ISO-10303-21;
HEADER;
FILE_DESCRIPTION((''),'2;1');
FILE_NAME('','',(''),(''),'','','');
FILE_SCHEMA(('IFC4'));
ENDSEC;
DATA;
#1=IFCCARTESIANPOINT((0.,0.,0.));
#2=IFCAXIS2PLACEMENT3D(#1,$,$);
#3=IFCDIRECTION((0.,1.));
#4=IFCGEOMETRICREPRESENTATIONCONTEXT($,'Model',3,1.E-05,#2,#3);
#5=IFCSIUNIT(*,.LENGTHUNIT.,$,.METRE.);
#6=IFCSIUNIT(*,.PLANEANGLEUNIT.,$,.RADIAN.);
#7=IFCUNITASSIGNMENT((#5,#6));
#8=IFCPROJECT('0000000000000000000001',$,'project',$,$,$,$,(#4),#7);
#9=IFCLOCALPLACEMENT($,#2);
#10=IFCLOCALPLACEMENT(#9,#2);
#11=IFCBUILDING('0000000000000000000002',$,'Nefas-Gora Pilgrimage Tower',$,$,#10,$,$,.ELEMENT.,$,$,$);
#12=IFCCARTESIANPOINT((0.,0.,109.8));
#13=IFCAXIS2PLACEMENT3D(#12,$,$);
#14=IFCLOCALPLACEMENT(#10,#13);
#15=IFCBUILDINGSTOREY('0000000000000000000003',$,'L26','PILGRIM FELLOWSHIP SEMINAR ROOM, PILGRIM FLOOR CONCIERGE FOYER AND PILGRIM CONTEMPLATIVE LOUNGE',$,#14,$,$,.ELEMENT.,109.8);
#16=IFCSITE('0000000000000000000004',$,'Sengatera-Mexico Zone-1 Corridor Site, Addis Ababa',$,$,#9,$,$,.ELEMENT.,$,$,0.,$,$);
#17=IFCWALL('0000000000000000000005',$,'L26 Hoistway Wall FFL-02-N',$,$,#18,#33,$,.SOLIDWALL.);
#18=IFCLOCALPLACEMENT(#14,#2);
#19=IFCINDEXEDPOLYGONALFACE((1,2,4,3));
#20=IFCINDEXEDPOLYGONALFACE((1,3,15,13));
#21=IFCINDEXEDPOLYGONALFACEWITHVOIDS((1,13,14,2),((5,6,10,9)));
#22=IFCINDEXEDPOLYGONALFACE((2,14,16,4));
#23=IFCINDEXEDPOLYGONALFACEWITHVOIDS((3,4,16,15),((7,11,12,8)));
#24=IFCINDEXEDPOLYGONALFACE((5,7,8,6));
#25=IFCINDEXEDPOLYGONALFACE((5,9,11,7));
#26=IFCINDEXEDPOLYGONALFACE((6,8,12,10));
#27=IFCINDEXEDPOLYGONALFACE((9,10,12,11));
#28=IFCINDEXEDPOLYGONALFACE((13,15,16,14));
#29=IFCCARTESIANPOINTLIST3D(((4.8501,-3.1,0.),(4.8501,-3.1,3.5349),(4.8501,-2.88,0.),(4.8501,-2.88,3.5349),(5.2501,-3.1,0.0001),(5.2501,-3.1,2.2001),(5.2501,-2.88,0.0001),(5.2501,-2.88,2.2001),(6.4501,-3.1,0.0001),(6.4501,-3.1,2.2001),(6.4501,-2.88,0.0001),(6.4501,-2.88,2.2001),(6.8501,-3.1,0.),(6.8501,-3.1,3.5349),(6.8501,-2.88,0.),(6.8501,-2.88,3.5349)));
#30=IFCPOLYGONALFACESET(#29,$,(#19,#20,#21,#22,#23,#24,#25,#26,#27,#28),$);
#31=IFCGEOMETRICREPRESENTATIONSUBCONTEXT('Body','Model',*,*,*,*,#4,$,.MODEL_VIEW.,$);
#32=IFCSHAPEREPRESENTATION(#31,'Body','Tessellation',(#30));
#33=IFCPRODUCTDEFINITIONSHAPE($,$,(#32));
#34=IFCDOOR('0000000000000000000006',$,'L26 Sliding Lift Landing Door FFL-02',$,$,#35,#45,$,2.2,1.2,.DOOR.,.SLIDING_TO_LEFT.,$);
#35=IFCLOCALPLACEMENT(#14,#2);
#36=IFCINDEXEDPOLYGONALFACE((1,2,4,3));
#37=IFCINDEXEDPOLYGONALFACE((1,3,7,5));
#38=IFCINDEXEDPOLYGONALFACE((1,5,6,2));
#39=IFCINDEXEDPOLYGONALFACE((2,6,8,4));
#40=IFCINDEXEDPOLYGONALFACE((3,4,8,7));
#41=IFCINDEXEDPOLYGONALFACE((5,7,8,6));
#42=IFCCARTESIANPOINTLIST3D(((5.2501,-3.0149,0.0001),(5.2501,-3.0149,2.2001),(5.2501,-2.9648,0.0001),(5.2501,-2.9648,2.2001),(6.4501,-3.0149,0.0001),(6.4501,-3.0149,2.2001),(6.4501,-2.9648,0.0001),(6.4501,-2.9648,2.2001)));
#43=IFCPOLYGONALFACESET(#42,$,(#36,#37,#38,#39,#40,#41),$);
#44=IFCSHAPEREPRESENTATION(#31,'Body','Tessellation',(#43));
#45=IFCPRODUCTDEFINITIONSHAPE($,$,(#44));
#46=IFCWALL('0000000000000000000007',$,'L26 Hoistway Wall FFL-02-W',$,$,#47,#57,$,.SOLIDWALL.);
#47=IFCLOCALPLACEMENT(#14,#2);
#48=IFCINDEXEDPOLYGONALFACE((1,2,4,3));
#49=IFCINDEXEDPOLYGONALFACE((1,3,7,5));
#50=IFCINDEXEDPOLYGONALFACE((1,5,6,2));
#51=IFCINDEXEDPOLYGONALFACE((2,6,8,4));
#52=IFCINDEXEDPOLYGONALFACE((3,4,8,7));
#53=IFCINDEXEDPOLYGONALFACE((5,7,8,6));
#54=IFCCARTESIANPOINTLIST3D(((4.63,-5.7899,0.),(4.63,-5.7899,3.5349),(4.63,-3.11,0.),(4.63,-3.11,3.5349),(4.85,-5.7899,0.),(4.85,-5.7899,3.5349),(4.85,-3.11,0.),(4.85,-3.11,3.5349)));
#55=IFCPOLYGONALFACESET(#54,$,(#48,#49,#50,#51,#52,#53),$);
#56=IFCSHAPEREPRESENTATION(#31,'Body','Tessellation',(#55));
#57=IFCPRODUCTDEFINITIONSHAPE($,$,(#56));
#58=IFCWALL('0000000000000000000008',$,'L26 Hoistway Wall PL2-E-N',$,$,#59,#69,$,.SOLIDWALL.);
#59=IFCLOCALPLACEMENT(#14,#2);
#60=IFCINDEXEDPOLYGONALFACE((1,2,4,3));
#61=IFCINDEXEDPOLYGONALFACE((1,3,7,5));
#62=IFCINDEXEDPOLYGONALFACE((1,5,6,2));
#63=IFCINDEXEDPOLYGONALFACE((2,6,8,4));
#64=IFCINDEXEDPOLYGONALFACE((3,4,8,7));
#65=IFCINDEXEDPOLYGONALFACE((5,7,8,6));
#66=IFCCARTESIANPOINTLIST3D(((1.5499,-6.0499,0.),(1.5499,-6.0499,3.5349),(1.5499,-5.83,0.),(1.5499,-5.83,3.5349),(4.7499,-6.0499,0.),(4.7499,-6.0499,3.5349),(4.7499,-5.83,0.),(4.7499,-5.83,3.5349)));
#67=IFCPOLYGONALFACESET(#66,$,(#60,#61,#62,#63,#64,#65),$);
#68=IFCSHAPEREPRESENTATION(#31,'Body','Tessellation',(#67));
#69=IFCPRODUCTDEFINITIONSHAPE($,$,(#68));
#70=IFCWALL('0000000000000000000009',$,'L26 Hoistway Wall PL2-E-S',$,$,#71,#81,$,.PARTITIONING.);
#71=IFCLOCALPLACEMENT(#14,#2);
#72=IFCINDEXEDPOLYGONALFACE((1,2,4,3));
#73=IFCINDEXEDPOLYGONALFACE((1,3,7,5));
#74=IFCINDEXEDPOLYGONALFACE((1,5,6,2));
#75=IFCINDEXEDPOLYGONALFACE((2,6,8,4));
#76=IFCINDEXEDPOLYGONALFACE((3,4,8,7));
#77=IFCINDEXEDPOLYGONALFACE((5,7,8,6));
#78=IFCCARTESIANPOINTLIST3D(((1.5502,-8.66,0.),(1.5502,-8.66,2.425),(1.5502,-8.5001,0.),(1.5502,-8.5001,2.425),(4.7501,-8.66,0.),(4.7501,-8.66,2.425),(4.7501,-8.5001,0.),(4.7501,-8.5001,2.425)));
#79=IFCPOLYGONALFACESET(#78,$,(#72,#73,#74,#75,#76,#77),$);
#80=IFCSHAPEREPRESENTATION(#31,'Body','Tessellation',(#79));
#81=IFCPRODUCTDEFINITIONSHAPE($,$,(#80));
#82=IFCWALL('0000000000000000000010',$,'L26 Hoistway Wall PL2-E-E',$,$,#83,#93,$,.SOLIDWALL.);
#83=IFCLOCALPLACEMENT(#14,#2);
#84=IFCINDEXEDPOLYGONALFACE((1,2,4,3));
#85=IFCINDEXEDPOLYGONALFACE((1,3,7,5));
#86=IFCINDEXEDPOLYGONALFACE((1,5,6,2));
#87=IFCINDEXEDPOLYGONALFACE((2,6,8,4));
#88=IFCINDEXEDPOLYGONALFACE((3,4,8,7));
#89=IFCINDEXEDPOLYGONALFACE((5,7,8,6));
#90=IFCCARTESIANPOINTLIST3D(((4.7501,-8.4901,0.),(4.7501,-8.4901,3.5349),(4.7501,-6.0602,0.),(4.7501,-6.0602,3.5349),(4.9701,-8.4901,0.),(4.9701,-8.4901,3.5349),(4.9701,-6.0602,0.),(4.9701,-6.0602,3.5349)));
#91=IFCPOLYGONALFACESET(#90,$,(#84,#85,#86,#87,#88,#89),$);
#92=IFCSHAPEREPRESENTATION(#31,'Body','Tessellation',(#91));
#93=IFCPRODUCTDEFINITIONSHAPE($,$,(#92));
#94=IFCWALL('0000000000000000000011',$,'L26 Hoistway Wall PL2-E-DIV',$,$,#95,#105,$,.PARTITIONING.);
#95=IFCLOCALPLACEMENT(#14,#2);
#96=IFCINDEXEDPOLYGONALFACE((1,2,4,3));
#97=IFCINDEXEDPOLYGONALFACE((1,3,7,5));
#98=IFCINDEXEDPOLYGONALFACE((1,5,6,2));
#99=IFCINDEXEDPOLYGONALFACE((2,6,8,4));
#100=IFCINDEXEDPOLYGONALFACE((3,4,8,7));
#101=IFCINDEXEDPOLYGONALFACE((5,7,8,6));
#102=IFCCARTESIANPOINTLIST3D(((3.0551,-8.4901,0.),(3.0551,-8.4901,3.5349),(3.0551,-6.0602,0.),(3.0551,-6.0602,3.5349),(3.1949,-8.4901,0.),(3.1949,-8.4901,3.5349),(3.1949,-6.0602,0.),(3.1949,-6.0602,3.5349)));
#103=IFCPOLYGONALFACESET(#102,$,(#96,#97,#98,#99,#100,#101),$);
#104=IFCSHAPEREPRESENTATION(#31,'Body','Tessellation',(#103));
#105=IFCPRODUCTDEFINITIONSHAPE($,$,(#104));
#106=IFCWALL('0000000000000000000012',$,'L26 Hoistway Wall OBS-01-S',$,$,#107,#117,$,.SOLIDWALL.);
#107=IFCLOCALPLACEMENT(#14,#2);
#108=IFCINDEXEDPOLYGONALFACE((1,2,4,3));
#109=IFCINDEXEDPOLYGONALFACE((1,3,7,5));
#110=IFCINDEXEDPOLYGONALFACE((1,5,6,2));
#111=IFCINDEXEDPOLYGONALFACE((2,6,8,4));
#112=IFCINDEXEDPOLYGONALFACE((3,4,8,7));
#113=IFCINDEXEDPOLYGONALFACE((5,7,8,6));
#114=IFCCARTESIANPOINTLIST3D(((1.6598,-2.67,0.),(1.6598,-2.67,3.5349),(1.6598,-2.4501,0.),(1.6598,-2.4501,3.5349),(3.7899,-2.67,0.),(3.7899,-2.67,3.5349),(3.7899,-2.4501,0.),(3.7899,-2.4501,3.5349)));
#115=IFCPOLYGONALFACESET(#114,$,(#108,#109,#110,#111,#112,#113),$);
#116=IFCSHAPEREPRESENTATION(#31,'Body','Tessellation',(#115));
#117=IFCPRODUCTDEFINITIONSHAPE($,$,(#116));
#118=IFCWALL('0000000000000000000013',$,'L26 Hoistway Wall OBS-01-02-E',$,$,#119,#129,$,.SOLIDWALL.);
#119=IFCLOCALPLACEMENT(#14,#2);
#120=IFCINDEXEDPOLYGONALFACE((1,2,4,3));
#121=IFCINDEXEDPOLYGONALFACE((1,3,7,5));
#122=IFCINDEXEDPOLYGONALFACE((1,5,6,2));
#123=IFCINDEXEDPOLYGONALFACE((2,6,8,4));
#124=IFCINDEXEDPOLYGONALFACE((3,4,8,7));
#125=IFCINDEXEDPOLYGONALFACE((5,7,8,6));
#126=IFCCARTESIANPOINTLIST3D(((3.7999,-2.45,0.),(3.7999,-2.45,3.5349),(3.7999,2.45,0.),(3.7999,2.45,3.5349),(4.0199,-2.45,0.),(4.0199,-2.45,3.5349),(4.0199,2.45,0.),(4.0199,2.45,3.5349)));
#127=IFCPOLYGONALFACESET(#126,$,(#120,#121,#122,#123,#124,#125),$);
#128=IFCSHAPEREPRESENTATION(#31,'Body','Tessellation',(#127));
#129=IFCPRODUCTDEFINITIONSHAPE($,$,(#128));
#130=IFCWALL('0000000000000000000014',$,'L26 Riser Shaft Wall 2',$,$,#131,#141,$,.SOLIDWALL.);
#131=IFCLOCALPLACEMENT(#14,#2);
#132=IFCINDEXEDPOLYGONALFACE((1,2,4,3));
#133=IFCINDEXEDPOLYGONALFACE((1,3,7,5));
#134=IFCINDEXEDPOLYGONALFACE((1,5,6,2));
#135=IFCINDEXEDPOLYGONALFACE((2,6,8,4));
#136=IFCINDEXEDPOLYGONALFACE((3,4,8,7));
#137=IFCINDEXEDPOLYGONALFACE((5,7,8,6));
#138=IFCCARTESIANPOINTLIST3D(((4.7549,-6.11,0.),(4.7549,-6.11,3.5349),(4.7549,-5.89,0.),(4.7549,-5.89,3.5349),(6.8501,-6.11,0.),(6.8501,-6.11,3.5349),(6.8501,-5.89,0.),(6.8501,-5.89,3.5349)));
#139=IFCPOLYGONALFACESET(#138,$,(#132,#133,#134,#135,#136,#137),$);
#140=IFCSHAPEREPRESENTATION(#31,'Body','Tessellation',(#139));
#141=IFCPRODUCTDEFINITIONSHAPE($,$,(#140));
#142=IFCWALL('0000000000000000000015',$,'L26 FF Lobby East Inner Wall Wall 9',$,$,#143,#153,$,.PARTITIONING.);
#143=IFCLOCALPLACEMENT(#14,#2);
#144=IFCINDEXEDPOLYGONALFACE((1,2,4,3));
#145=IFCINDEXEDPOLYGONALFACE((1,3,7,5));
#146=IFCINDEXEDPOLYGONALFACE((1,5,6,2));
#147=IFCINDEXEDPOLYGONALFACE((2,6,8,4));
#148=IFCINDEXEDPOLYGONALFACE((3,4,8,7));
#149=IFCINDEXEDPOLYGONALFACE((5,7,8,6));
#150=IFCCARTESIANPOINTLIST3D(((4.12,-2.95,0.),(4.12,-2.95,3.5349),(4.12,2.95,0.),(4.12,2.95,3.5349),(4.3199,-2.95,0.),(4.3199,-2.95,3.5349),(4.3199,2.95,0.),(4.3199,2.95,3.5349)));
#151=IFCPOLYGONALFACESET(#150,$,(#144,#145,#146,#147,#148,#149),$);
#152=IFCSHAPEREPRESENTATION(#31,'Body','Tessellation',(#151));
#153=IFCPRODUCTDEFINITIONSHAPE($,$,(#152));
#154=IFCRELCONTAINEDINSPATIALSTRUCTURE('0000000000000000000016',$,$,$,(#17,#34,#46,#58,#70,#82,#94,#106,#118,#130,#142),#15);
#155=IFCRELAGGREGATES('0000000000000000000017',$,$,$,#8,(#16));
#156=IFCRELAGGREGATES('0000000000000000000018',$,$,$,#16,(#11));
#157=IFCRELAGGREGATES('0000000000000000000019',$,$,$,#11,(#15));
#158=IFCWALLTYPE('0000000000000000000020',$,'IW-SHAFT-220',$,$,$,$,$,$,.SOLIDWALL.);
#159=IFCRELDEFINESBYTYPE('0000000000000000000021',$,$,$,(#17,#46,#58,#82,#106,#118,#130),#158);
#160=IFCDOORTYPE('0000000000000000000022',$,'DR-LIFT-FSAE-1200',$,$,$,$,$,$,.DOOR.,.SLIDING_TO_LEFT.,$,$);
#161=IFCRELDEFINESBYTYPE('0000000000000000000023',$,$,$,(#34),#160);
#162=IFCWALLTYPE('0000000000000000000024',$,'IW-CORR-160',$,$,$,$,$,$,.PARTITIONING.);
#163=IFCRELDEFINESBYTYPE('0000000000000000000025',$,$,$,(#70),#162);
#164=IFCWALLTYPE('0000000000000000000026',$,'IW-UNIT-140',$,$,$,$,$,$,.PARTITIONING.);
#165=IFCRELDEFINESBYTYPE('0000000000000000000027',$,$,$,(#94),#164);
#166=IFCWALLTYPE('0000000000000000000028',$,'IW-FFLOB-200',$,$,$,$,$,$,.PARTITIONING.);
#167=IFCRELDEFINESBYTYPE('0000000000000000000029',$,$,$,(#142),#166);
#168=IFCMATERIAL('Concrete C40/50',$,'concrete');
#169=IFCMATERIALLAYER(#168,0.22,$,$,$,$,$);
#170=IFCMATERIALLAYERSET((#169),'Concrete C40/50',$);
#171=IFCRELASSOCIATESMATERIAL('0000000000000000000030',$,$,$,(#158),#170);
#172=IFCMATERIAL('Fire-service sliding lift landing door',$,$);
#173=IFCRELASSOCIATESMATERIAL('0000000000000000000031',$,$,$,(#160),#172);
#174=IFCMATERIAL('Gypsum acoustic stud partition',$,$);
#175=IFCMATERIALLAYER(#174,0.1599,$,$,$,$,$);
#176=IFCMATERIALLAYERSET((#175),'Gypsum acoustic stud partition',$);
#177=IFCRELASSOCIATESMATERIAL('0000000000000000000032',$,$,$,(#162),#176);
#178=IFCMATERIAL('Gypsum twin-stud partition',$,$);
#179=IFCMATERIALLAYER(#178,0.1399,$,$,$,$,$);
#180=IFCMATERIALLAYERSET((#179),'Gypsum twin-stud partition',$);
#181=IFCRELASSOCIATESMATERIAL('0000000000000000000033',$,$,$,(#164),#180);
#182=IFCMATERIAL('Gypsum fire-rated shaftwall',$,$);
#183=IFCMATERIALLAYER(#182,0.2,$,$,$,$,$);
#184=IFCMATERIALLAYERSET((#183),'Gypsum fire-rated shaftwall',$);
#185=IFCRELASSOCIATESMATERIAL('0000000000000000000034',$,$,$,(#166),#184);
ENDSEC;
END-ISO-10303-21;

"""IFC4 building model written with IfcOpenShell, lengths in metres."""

from ifc_helpers import new_model, si_unit, direction, frame, frame_2d, origin, place, context, subcontext, project, spatial, rectangle, extrude, source, transform, mapped, material, layer, layer_set, type_object, element, fill, save


model = new_model("IFC4")

# Units and contexts
model_context = context("Model", 3, precision=1e-05, world=origin(), true_north=direction((0.0, 1.0)))
body_context = subcontext(model_context, "Body", "Model", "MODEL_VIEW")
ifc_project = project(units=[si_unit("LENGTHUNIT", "METRE"), si_unit("PLANEANGLEUNIT", "RADIAN")], contexts=[model_context])

# Site, building, storey
site_placement = place(None, origin())
site = spatial("IfcSite", under=ifc_project, at=site_placement, Name="Sengatera-Mexico Zone-1 Corridor Site, Addis Ababa", CompositionType="ELEMENT", RefElevation=0.0)
building_placement = place(site_placement, origin())
building = spatial("IfcBuilding", under=site, at=building_placement, Name="Nefas-Gora Pilgrimage Tower", CompositionType="ELEMENT")
storey_placement = place(building_placement, frame((0.0, 0.0, 109.8)))
storey = spatial("IfcBuildingStorey", under=building, at=storey_placement, Name="L26", Description="PILGRIM FELLOWSHIP SEMINAR ROOM, PILGRIM FLOOR CONCIERGE FOYER AND PILGRIM CONTEMPLATIVE LOUNGE", CompositionType="ELEMENT", Elevation=109.8)

# Wall, opening, door
ifc_material_1 = material(Name="Concrete C40/50", Category="concrete")
ifc_layer_1 = layer(ifc_material_1, 0.22)
ifc_layer_set_1 = layer_set([ifc_layer_1], Name="Concrete C40/50")
wall_type_1 = type_object("IfcWallType", Name="IW-SHAFT-220", PredefinedType="SOLIDWALL", material=ifc_layer_set_1)
shared_shape_1 = source(origin(), body_context, "Body", "SweptSolid", [
    extrude(rectangle(XDim=2.0, YDim=0.22, at=frame_2d((1.0, 0.0))), origin(), (0.0, 0.0, 1.0), 3.5349),
])
wall_1_placement = place(storey_placement, frame((6.8501, -2.99, 0.0), z_axis=(0.0, 0.0, 1.0), x_axis=(-1.0, 0.0, 0.0)))
wall_1 = element("IfcWall", 1, at=wall_1_placement, inside=storey, type_object=wall_type_1, Name="L26 Hoistway Wall FFL-02-N", PredefinedType="SOLIDWALL", context=body_context, shape_type="MappedRepresentation", body=[
    mapped(shared_shape_1, transform((0.0, 0.0, 0.0), x_axis=(1.0, 0.0, 0.0), y_axis=(0.0, 1.0, 0.0), z_axis=(0.0, 0.0, 1.0), scale=1.0)),
])
opening_1_placement = place(wall_1_placement, frame((0.3999, 0.0, 0.0)))
opening_1 = element("IfcOpeningElement", 2, at=opening_1_placement, cuts=wall_1, PredefinedType="OPENING", context=body_context, shape_type="SweptSolid", body=[
    extrude(rectangle(XDim=1.2, YDim=2.2, at=frame_2d((0.6001, 1.1001))), frame((0.0, 0.1199, 0.0), z_axis=(0.0, -1.0, 0.0), x_axis=(1.0, 0.0, 0.0)), (0.0, 0.0, 1.0), 0.24),
])
ifc_material_2 = material(Name="Fire-service sliding lift landing door")
door_type_1 = type_object("IfcDoorType", Name="DR-LIFT-FSAE-1200", OperationType="SLIDING_TO_LEFT", PredefinedType="DOOR", material=ifc_material_2)
shared_shape_2 = source(origin(), body_context, "Body", "SweptSolid", [
    extrude(rectangle(XDim=1.2, YDim=2.2, at=frame_2d((0.6001, 1.1001))), frame((0.0, 0.0249, 0.0), z_axis=(0.0, -1.0, 0.0), x_axis=(1.0, 0.0, 0.0)), (0.0, 0.0, 1.0), 0.05),
])
door_1_placement = place(opening_1_placement, origin())
door_1 = element("IfcDoor", 3, at=door_1_placement, inside=storey, type_object=door_type_1, Name="L26 Sliding Lift Landing Door FFL-02", OperationType="SLIDING_TO_LEFT", OverallHeight=2.2, OverallWidth=1.2, PredefinedType="DOOR", context=body_context, shape_type="MappedRepresentation", body=[
    mapped(shared_shape_2, transform((0.0, 0.0, 0.0), x_axis=(1.0, 0.0, 0.0), y_axis=(0.0, 1.0, 0.0), z_axis=(0.0, 0.0, 1.0), scale=1.0)),
])
fill(opening_1, door_1)

# Walls
shared_shape_3 = source(origin(), body_context, "Body", "SweptSolid", [
    extrude(rectangle(XDim=2.6799, YDim=0.22, at=frame_2d((1.3398, 0.0))), origin(), (0.0, 0.0, 1.0), 3.5349),
])
wall_2_placement = place(storey_placement, frame((4.74, -3.1101, 0.0), z_axis=(0.0, 0.0, 1.0), x_axis=(0.0, -1.0, 0.0)))
element("IfcWall", 4, at=wall_2_placement, inside=storey, type_object=wall_type_1, Name="L26 Hoistway Wall FFL-02-W", PredefinedType="SOLIDWALL", context=body_context, shape_type="MappedRepresentation", body=[
    mapped(shared_shape_3, transform((0.0, 0.0, 0.0), x_axis=(1.0, 0.0, 0.0), y_axis=(0.0, 1.0, 0.0), z_axis=(0.0, 0.0, 1.0), scale=1.0)),
])
shared_shape_4 = source(origin(), body_context, "Body", "SweptSolid", [
    extrude(rectangle(XDim=3.2, YDim=0.22, at=frame_2d((1.6001, 0.0))), origin(), (0.0, 0.0, 1.0), 3.5349),
])
wall_3_placement = place(storey_placement, frame((4.75, -5.9399, 0.0), z_axis=(0.0, 0.0, 1.0), x_axis=(-1.0, 0.0, 0.0)))
element("IfcWall", 5, at=wall_3_placement, inside=storey, type_object=wall_type_1, Name="L26 Hoistway Wall PL2-E-N", PredefinedType="SOLIDWALL", context=body_context, shape_type="MappedRepresentation", body=[
    mapped(shared_shape_4, transform((0.0, 0.0, 0.0), x_axis=(1.0, 0.0, 0.0), y_axis=(0.0, 1.0, 0.0), z_axis=(0.0, 0.0, 1.0), scale=1.0)),
])
ifc_material_3 = material(Name="Gypsum acoustic stud partition")
ifc_layer_2 = layer(ifc_material_3, 0.1599)
ifc_layer_set_2 = layer_set([ifc_layer_2], Name="Gypsum acoustic stud partition")
wall_type_2 = type_object("IfcWallType", Name="IW-CORR-160", PredefinedType="PARTITIONING", material=ifc_layer_set_2)
shared_shape_5 = source(origin(), body_context, "Body", "SweptSolid", [
    extrude(rectangle(XDim=3.2, YDim=0.1599, at=frame_2d((1.6001, 0.0))), origin(), (0.0, 0.0, 1.0), 2.425),
])
wall_4_placement = place(storey_placement, frame((1.55, -8.5801, 0.0), z_axis=(0.0, 0.0, 1.0), x_axis=(1.0, 0.0, 0.0)))
element("IfcWall", 6, at=wall_4_placement, inside=storey, type_object=wall_type_2, Name="L26 Hoistway Wall PL2-E-S", PredefinedType="PARTITIONING", context=body_context, shape_type="MappedRepresentation", body=[
    mapped(shared_shape_5, transform((0.0, 0.0, 0.0), x_axis=(1.0, 0.0, 0.0), y_axis=(0.0, 1.0, 0.0), z_axis=(0.0, 0.0, 1.0), scale=1.0)),
])
shared_shape_6 = source(origin(), body_context, "Body", "SweptSolid", [
    extrude(rectangle(XDim=2.4299, YDim=0.22, at=frame_2d((1.2148, 0.0))), origin(), (0.0, 0.0, 1.0), 3.5349),
])
for number, where, z_axis, x_axis, name in (
    (7, (4.8601, -8.49, 0.0), (0.0, 0.0, 1.0), (0.0, 1.0, 0.0), "L26 Hoistway Wall PL2-E-E"),
):
    element("IfcWall", number, at=place(storey_placement, frame(where, z_axis=z_axis, x_axis=x_axis)), inside=storey, type_object=wall_type_1, Name=name, PredefinedType="SOLIDWALL", context=body_context, shape_type="MappedRepresentation", body=[
        mapped(shared_shape_6, transform((0.0, 0.0, 0.0), x_axis=(1.0, 0.0, 0.0), y_axis=(0.0, 1.0, 0.0), z_axis=(0.0, 0.0, 1.0), scale=1.0)),
    ])
ifc_material_4 = material(Name="Gypsum twin-stud partition")
ifc_layer_3 = layer(ifc_material_4, 0.1399)
ifc_layer_set_3 = layer_set([ifc_layer_3], Name="Gypsum twin-stud partition")
wall_type_3 = type_object("IfcWallType", Name="IW-UNIT-140", PredefinedType="PARTITIONING", material=ifc_layer_set_3)
shared_shape_7 = source(origin(), body_context, "Body", "SweptSolid", [
    extrude(rectangle(XDim=2.4299, YDim=0.1399, at=frame_2d((1.2148, 0.0))), origin(), (0.0, 0.0, 1.0), 3.5349),
])
wall_5_placement = place(storey_placement, frame((3.125, -8.49, 0.0), z_axis=(0.0, 0.0, 1.0), x_axis=(0.0, 1.0, 0.0)))
element("IfcWall", 8, at=wall_5_placement, inside=storey, type_object=wall_type_3, Name="L26 Hoistway Wall PL2-E-DIV", PredefinedType="PARTITIONING", context=body_context, shape_type="MappedRepresentation", body=[
    mapped(shared_shape_7, transform((0.0, 0.0, 0.0), x_axis=(1.0, 0.0, 0.0), y_axis=(0.0, 1.0, 0.0), z_axis=(0.0, 0.0, 1.0), scale=1.0)),
])
shared_shape_8 = source(origin(), body_context, "Body", "SweptSolid", [
    extrude(rectangle(XDim=2.1301, YDim=0.22, at=frame_2d((1.0649, 0.0))), origin(), (0.0, 0.0, 1.0), 3.5349),
])
wall_6_placement = place(storey_placement, frame((1.6599, -2.5601, 0.0), z_axis=(0.0, 0.0, 1.0), x_axis=(1.0, 0.0, 0.0)))
element("IfcWall", 9, at=wall_6_placement, inside=storey, type_object=wall_type_1, Name="L26 Hoistway Wall OBS-01-S", PredefinedType="SOLIDWALL", context=body_context, shape_type="MappedRepresentation", body=[
    mapped(shared_shape_8, transform((0.0, 0.0, 0.0), x_axis=(1.0, 0.0, 0.0), y_axis=(0.0, 1.0, 0.0), z_axis=(0.0, 0.0, 1.0), scale=1.0)),
])
shared_shape_9 = source(origin(), body_context, "Body", "SweptSolid", [
    extrude(rectangle(XDim=4.8999, YDim=0.22, at=frame_2d((2.45, 0.0))), origin(), (0.0, 0.0, 1.0), 3.5349),
])
wall_7_placement = place(storey_placement, frame((3.9099, -2.45, 0.0), z_axis=(0.0, 0.0, 1.0), x_axis=(0.0, 1.0, 0.0)))
element("IfcWall", 10, at=wall_7_placement, inside=storey, type_object=wall_type_1, Name="L26 Hoistway Wall OBS-01-02-E", PredefinedType="SOLIDWALL", context=body_context, shape_type="MappedRepresentation", body=[
    mapped(shared_shape_9, transform((0.0, 0.0, 0.0), x_axis=(1.0, 0.0, 0.0), y_axis=(0.0, 1.0, 0.0), z_axis=(0.0, 0.0, 1.0), scale=1.0)),
])
shared_shape_10 = source(origin(), body_context, "Body", "SweptSolid", [
    extrude(rectangle(XDim=2.0952, YDim=0.22, at=frame_2d((1.0476, 0.0))), origin(), (0.0, 0.0, 1.0), 3.5349),
])
wall_8_placement = place(storey_placement, frame((4.7549, -6.0, 0.0), z_axis=(0.0, 0.0, 1.0), x_axis=(1.0, 0.0, 0.0)))
element("IfcWall", 11, at=wall_8_placement, inside=storey, type_object=wall_type_1, Name="L26 Riser Shaft Wall 2", PredefinedType="SOLIDWALL", context=body_context, shape_type="MappedRepresentation", body=[
    mapped(shared_shape_10, transform((0.0, 0.0, 0.0), x_axis=(1.0, 0.0, 0.0), y_axis=(0.0, 1.0, 0.0), z_axis=(0.0, 0.0, 1.0), scale=1.0)),
])
ifc_material_5 = material(Name="Gypsum fire-rated shaftwall")
ifc_layer_4 = layer(ifc_material_5, 0.2)
ifc_layer_set_4 = layer_set([ifc_layer_4], Name="Gypsum fire-rated shaftwall")
wall_type_4 = type_object("IfcWallType", Name="IW-FFLOB-200", PredefinedType="PARTITIONING", material=ifc_layer_set_4)
shared_shape_11 = source(origin(), body_context, "Body", "SweptSolid", [
    extrude(rectangle(XDim=5.8999, YDim=0.2, at=frame_2d((2.95, 0.0))), origin(), (0.0, 0.0, 1.0), 3.5349),
])
wall_9_placement = place(storey_placement, frame((4.22, -2.95, 0.0), z_axis=(0.0, 0.0, 1.0), x_axis=(0.0, 1.0, 0.0)))
element("IfcWall", 12, at=wall_9_placement, inside=storey, type_object=wall_type_4, Name="L26 FF Lobby East Inner Wall Wall 9", PredefinedType="PARTITIONING", context=body_context, shape_type="MappedRepresentation", body=[
    mapped(shared_shape_11, transform((0.0, 0.0, 0.0), x_axis=(1.0, 0.0, 0.0), y_axis=(0.0, 1.0, 0.0), z_axis=(0.0, 0.0, 1.0), scale=1.0)),
])

save(model, "model.ifc")
